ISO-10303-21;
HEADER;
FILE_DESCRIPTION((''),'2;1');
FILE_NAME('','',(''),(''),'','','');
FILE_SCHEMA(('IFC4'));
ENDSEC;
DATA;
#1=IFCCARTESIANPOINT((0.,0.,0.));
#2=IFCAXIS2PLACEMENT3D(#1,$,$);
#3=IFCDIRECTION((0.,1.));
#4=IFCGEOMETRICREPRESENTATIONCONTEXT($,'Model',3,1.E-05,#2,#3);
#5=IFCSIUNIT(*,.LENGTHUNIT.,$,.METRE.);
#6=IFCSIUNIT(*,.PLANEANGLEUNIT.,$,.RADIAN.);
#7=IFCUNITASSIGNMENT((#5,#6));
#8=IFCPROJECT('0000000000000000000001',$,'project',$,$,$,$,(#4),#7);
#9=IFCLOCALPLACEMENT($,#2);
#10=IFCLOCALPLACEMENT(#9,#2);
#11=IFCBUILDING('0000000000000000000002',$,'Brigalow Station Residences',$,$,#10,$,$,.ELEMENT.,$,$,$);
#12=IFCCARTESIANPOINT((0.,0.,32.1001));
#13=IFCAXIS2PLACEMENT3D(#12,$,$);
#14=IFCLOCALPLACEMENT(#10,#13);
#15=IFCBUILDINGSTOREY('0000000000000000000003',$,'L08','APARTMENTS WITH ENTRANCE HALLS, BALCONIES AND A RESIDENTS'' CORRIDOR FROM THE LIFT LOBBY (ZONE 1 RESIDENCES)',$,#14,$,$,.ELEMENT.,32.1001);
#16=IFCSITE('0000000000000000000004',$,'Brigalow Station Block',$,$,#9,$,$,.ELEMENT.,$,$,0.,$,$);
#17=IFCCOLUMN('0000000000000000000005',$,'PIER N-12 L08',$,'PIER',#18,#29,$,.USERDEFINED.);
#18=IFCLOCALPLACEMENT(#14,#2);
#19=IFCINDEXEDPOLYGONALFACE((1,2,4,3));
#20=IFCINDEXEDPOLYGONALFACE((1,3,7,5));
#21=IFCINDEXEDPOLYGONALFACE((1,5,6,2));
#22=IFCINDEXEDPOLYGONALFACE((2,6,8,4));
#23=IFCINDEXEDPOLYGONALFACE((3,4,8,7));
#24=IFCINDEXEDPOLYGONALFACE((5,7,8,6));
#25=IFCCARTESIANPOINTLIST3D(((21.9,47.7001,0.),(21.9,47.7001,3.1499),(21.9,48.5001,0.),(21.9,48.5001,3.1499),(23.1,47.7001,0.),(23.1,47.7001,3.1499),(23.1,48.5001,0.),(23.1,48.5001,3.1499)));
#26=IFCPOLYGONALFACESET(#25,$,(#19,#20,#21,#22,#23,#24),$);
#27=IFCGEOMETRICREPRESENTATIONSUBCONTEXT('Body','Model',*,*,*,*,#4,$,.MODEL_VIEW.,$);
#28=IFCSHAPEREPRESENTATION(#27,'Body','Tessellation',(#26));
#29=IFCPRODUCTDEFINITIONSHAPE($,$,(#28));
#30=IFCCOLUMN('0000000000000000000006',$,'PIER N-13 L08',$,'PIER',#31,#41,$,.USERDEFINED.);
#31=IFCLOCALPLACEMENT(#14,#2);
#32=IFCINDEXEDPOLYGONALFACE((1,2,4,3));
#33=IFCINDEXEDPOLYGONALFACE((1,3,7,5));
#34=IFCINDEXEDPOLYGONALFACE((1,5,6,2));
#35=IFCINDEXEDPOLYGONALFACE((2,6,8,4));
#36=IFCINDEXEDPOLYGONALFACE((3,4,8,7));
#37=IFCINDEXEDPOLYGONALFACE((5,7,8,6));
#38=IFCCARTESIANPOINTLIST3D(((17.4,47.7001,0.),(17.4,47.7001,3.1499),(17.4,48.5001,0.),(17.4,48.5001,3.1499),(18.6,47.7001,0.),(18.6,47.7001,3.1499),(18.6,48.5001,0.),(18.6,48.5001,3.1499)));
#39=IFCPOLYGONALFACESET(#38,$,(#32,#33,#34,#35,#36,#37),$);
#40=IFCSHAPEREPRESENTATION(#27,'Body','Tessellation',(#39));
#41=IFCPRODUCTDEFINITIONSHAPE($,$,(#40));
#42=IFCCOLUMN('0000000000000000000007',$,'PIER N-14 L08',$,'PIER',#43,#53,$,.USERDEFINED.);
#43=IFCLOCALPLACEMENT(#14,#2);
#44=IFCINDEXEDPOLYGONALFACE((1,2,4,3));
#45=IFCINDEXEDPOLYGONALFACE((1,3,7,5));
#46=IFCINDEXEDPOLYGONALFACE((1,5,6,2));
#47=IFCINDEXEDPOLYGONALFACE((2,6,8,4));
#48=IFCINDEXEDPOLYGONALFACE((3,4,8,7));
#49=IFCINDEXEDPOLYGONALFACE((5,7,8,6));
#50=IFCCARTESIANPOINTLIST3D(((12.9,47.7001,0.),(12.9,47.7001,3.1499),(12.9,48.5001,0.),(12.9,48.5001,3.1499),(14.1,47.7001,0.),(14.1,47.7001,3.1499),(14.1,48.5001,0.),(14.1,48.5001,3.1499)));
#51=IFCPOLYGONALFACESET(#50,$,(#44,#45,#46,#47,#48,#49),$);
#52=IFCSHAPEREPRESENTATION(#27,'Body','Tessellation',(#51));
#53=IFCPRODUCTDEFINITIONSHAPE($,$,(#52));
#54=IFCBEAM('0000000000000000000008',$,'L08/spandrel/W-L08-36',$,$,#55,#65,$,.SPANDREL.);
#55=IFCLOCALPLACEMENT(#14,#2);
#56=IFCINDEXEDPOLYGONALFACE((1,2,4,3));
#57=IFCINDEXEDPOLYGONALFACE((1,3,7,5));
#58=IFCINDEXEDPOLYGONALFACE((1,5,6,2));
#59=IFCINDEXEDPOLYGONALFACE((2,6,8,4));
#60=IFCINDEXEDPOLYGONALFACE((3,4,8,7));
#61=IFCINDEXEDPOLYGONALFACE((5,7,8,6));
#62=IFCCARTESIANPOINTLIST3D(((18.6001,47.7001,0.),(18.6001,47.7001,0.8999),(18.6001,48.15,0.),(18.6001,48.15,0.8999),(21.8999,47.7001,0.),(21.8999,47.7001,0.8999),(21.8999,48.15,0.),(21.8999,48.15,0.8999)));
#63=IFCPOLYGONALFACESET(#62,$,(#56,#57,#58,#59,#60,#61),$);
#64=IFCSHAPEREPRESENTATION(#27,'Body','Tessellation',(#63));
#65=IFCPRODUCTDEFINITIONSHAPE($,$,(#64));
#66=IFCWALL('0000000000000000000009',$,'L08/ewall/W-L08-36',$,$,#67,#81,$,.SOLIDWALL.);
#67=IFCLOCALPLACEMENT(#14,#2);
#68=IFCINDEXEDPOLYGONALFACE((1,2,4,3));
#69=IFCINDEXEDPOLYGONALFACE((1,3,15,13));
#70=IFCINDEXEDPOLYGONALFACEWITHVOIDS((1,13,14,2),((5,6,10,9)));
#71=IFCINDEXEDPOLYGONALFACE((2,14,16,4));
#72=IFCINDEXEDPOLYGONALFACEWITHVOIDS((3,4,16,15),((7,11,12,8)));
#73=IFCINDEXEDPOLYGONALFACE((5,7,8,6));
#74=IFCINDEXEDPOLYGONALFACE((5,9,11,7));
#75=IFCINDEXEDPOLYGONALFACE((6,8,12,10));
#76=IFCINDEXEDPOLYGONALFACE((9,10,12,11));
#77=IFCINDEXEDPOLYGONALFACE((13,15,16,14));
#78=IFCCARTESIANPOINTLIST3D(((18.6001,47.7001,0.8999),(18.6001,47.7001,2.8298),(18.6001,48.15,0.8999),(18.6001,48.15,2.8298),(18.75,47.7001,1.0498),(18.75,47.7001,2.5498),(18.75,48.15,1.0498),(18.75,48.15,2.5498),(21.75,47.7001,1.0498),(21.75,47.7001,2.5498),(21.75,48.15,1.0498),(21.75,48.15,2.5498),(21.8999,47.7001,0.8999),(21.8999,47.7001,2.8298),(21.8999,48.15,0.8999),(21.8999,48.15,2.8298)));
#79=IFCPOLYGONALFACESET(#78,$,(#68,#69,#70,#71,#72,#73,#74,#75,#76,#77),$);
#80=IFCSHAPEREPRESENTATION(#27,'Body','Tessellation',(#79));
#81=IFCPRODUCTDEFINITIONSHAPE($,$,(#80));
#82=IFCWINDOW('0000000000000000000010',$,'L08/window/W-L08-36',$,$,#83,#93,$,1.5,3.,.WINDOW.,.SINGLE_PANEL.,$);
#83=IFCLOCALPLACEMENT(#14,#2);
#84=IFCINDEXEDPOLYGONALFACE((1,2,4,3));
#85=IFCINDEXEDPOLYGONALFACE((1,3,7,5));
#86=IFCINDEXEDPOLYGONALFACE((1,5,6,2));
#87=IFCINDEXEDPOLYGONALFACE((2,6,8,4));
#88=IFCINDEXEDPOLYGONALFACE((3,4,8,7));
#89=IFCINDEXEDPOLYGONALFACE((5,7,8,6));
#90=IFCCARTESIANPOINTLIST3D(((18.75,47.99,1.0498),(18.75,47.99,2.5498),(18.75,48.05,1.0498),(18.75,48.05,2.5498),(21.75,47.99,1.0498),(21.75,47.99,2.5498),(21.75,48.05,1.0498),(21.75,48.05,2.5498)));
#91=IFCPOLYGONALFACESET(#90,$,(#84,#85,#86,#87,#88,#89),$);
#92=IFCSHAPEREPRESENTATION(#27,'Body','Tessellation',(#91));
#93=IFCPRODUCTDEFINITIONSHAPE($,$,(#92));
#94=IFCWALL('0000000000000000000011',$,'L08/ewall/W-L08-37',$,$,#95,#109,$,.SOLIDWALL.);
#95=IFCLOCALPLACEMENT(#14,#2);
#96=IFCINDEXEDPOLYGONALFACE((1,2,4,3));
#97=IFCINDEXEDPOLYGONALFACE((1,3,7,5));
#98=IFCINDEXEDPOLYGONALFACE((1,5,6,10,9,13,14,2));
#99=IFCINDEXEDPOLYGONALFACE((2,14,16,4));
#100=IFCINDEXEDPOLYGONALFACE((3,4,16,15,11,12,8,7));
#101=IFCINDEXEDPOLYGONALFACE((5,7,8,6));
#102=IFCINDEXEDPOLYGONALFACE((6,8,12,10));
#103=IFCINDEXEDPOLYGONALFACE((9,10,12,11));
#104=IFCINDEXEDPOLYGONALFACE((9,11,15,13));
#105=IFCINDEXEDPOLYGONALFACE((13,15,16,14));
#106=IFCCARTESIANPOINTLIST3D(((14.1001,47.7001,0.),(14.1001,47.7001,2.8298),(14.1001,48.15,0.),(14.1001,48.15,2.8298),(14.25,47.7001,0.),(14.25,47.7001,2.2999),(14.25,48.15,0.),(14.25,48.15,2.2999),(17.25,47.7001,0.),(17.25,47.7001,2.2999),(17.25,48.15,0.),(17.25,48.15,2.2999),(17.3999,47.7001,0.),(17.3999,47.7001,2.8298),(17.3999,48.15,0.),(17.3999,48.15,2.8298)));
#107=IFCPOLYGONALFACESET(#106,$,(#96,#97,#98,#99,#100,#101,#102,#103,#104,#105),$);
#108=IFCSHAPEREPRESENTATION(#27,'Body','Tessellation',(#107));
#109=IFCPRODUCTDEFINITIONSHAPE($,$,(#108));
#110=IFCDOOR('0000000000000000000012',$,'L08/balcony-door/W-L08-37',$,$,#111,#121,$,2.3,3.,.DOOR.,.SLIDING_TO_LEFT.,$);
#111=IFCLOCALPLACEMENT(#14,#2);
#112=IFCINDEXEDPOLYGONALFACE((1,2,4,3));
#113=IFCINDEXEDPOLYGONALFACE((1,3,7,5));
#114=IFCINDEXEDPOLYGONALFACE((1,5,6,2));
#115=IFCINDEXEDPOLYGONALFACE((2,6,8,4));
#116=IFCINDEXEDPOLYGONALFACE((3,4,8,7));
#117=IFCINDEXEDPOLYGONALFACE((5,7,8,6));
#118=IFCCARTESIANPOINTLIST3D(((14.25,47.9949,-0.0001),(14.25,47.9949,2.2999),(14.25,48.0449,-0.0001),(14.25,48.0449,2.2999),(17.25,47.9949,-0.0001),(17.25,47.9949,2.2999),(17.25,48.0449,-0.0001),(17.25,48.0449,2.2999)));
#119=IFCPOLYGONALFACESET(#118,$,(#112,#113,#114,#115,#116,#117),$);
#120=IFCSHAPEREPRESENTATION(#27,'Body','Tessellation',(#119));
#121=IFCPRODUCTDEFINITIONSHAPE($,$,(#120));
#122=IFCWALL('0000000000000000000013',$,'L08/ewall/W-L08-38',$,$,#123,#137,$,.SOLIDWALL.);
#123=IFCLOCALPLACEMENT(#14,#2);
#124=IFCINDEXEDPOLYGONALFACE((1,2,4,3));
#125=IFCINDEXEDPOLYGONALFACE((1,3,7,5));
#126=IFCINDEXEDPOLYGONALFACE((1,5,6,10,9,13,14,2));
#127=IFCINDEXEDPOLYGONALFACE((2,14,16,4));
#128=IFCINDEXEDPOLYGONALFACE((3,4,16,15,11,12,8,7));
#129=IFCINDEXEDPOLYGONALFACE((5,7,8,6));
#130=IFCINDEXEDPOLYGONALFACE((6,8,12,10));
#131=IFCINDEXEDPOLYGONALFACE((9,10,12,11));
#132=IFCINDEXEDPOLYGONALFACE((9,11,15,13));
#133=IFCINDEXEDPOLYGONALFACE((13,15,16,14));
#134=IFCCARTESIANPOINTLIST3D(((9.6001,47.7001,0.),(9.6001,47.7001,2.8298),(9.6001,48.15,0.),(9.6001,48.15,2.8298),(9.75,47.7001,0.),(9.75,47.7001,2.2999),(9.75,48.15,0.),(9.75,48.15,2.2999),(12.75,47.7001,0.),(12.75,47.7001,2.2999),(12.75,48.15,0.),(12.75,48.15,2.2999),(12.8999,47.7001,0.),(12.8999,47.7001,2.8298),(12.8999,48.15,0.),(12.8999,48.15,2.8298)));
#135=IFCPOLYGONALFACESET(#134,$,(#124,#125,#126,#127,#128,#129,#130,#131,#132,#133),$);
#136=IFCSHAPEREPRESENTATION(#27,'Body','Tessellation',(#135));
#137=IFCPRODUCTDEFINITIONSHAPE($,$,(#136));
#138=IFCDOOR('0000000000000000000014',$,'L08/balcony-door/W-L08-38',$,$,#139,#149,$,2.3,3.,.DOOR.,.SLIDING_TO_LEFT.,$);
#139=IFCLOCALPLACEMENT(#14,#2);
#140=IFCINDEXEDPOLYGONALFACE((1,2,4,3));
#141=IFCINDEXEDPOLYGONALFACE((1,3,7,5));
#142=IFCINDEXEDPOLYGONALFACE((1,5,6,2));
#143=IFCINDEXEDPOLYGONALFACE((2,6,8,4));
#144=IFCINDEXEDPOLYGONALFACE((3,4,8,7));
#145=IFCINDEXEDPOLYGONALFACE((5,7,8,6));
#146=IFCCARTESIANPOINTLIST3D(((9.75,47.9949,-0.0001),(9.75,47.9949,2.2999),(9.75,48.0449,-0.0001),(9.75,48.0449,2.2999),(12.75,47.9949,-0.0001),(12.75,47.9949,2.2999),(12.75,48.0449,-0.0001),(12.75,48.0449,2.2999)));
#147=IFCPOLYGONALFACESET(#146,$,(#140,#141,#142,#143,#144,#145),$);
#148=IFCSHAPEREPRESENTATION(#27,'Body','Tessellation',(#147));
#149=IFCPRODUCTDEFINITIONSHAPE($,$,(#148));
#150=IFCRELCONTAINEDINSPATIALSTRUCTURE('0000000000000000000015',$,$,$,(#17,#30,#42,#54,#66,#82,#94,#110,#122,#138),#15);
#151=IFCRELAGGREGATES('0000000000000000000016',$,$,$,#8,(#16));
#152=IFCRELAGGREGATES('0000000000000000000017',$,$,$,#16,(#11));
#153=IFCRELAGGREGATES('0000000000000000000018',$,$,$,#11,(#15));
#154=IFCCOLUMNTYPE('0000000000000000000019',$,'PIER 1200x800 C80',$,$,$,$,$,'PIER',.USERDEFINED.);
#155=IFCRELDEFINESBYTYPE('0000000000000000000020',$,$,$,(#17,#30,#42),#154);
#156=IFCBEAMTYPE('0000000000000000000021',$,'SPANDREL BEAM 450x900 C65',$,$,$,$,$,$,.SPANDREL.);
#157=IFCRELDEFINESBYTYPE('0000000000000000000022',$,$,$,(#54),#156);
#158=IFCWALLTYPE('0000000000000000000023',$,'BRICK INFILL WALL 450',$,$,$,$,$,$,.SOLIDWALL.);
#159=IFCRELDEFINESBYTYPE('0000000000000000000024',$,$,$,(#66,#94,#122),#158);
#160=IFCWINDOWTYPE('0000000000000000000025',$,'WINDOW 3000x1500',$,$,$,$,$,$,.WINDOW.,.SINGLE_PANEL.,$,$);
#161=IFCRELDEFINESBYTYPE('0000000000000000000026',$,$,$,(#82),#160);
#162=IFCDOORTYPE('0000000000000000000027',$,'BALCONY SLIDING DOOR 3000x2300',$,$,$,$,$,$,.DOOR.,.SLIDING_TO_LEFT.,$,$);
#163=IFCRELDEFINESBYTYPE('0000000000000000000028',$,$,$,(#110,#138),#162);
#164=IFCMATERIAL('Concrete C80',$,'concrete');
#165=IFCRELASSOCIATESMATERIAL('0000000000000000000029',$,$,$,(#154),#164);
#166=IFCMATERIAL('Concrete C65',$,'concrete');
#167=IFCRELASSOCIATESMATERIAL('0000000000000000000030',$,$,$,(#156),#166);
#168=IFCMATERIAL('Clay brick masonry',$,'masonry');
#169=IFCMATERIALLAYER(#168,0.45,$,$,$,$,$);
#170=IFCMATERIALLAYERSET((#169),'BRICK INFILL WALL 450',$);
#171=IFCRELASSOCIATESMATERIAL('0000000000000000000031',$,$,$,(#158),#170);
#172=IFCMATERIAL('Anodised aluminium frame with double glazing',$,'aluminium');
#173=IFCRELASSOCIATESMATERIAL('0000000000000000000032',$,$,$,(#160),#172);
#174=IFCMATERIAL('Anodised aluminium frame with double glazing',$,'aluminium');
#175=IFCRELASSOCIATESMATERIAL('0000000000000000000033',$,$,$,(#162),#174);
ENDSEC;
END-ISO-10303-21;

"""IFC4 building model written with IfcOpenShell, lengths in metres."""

from ifc_helpers import new_model, si_unit, direction, frame, frame_2d, origin, origin_2d, place, context, subcontext, project, spatial, rectangle, extrude, material, layer, layer_set, material_profile, profile_set, type_object, element, fill, save


model = new_model("IFC4")

# Units and contexts
model_context = context("Model", 3, precision=1e-05, world=origin(), true_north=direction((0.0, 1.0)))
body_context = subcontext(model_context, "Body", "Model", "MODEL_VIEW")
ifc_project = project(units=[si_unit("LENGTHUNIT", "METRE"), si_unit("PLANEANGLEUNIT", "RADIAN")], contexts=[model_context])

# Site, building, storey
site_placement = place(None, origin())
site = spatial("IfcSite", under=ifc_project, at=site_placement, Name="Brigalow Station Block", CompositionType="ELEMENT", RefElevation=0.0)
building_placement = place(site_placement, origin())
building = spatial("IfcBuilding", under=site, at=building_placement, Name="Brigalow Station Residences", CompositionType="ELEMENT")
storey_placement = place(building_placement, frame((0.0, 0.0, 32.1001)))
storey = spatial("IfcBuildingStorey", under=building, at=storey_placement, Name="L08", Description="APARTMENTS WITH ENTRANCE HALLS, BALCONIES AND A RESIDENTS' CORRIDOR FROM THE LIFT LOBBY (ZONE 1 RESIDENCES)", CompositionType="ELEMENT", Elevation=32.1001)

# Columns
ifc_material_1 = material(Name="Concrete C80", Category="concrete")
ifc_material_profile_1 = material_profile(ifc_material_1, rectangle(XDim=1.2, YDim=0.8, at=origin_2d()), Name="RC1200x800")
ifc_profile_set_1 = profile_set([ifc_material_profile_1], Name="Concrete C80")
column_type = type_object("IfcColumnType", Name="PIER 1200x800 C80", ElementType="PIER", PredefinedType="USERDEFINED", material=ifc_profile_set_1)
for number, where, z_axis, x_axis, name in (
    (1, (22.5, 48.1001, 0.0), (0.0, 0.0, 1.0), (-1.0, 0.0, 0.0), "PIER N-12 L08"),
    (2, (18.0, 48.1001, 0.0), (0.0, 0.0, 1.0), (-1.0, 0.0, 0.0), "PIER N-13 L08"),
    (3, (13.5, 48.1001, 0.0), (0.0, 0.0, 1.0), (-1.0, 0.0, 0.0), "PIER N-14 L08"),
):
    element("IfcColumn", number, at=place(storey_placement, frame(where, z_axis=z_axis, x_axis=x_axis)), inside=storey, type_object=column_type, Name=name, ObjectType="PIER", PredefinedType="USERDEFINED", context=body_context, shape_type="SweptSolid", body=[
        extrude(rectangle(XDim=1.2, YDim=0.8, at=origin_2d()), origin(), (0.0, 0.0, 1.0), 3.1499),
    ])

# Beam
ifc_material_2 = material(Name="Concrete C65", Category="concrete")
ifc_material_profile_2 = material_profile(ifc_material_2, rectangle(XDim=0.45, YDim=0.8999, at=origin_2d()), Name="RC450x900")
ifc_profile_set_2 = profile_set([ifc_material_profile_2], Name="Concrete C65")
beam_type = type_object("IfcBeamType", Name="SPANDREL BEAM 450x900 C65", PredefinedType="SPANDREL", material=ifc_profile_set_2)
beam_placement = place(storey_placement, frame((21.8999, 47.925, 0.45), z_axis=(-1.0, 0.0, 0.0), x_axis=(0.0, -1.0, 0.0)))
element("IfcBeam", 4, at=beam_placement, inside=storey, type_object=beam_type, Name="L08/spandrel/W-L08-36", PredefinedType="SPANDREL", context=body_context, shape_type="SweptSolid", body=[
    extrude(rectangle(XDim=0.45, YDim=0.8999, at=origin_2d()), origin(), (0.0, 0.0, 1.0), 3.2998),
])

# Wall, opening, window
ifc_material_3 = material(Name="Clay brick masonry", Category="masonry")
ifc_layer_1 = layer(ifc_material_3, 0.45)
ifc_layer_set_1 = layer_set([ifc_layer_1], Name="BRICK INFILL WALL 450")
wall_type_1 = type_object("IfcWallType", Name="BRICK INFILL WALL 450", PredefinedType="SOLIDWALL", material=ifc_layer_set_1)
wall_1_placement = place(storey_placement, frame((21.8999, 47.925, 0.8999), z_axis=(0.0, 0.0, 1.0), x_axis=(-1.0, 0.0, 0.0)))
wall_1 = element("IfcWall", 5, at=wall_1_placement, inside=storey, type_object=wall_type_1, Name="L08/ewall/W-L08-36", PredefinedType="SOLIDWALL", context=body_context, shape_type="SweptSolid", body=[
    extrude(rectangle(XDim=3.2998, YDim=0.45, at=frame_2d((1.6499, 0.0))), origin(), (0.0, 0.0, 1.0), 1.9299),
])
opening_1_placement = place(wall_1_placement, frame((0.1499, 0.0, 0.1499)))
opening_1 = element("IfcOpeningElement", 6, at=opening_1_placement, cuts=wall_1, PredefinedType="OPENING", context=body_context, shape_type="SweptSolid", body=[
    extrude(rectangle(XDim=3.0, YDim=1.5, at=frame_2d((1.5, 0.75))), frame((0.0, 0.2349, 0.0), z_axis=(0.0, -1.0, 0.0), x_axis=(1.0, 0.0, 0.0)), (0.0, 0.0, 1.0), 0.47),
])
ifc_material_4 = material(Name="Anodised aluminium frame with double glazing", Category="aluminium")
window_type = type_object("IfcWindowType", Name="WINDOW 3000x1500", PartitioningType="SINGLE_PANEL", PredefinedType="WINDOW", material=ifc_material_4)
window_placement = place(opening_1_placement, origin())
window = element("IfcWindow", 7, at=window_placement, inside=storey, type_object=window_type, Name="L08/window/W-L08-36", OverallHeight=1.5, OverallWidth=3.0, PartitioningType="SINGLE_PANEL", PredefinedType="WINDOW", context=body_context, shape_type="SweptSolid", body=[
    extrude(rectangle(XDim=3.0, YDim=1.5, at=frame_2d((1.5, 0.75))), frame((0.0, -0.0649, 0.0), z_axis=(0.0, -1.0, 0.0), x_axis=(1.0, 0.0, 0.0)), (0.0, 0.0, 1.0), 0.0601),
])
fill(opening_1, window)

# Walls, openings, doors
wall_2_placement = place(storey_placement, frame((17.3999, 47.925, 0.0), z_axis=(0.0, 0.0, 1.0), x_axis=(-1.0, 0.0, 0.0)))
wall_2 = element("IfcWall", 8, at=wall_2_placement, inside=storey, type_object=wall_type_1, Name="L08/ewall/W-L08-37", PredefinedType="SOLIDWALL", context=body_context, shape_type="SweptSolid", body=[
    extrude(rectangle(XDim=3.2998, YDim=0.45, at=frame_2d((1.6499, 0.0))), origin(), (0.0, 0.0, 1.0), 2.8298),
])
opening_2_placement = place(wall_2_placement, frame((0.1499, 0.0, 0.0)))
opening_2 = element("IfcOpeningElement", 9, at=opening_2_placement, cuts=wall_2, PredefinedType="OPENING", context=body_context, shape_type="SweptSolid", body=[
    extrude(rectangle(XDim=3.0, YDim=2.3, at=frame_2d((1.5, 1.1499))), frame((0.0, 0.2349, 0.0), z_axis=(0.0, -1.0, 0.0), x_axis=(1.0, 0.0, 0.0)), (0.0, 0.0, 1.0), 0.47),
])
ifc_material_5 = material(Name="Anodised aluminium frame with double glazing", Category="aluminium")
door_type_1 = type_object("IfcDoorType", Name="BALCONY SLIDING DOOR 3000x2300", OperationType="SLIDING_TO_LEFT", PredefinedType="DOOR", material=ifc_material_5)
door_1_placement = place(opening_2_placement, origin())
door_1 = element("IfcDoor", 10, at=door_1_placement, inside=storey, type_object=door_type_1, Name="L08/balcony-door/W-L08-37", OperationType="SLIDING_TO_LEFT", OverallHeight=2.3, OverallWidth=3.0, PredefinedType="DOOR", context=body_context, shape_type="SweptSolid", body=[
    extrude(rectangle(XDim=3.0, YDim=2.3, at=frame_2d((1.5, 1.1499))), frame((0.0, -0.0698, 0.0), z_axis=(0.0, -1.0, 0.0), x_axis=(1.0, 0.0, 0.0)), (0.0, 0.0, 1.0), 0.05),
])
fill(opening_2, door_1)
wall_3_placement = place(storey_placement, frame((12.8999, 47.925, 0.0), z_axis=(0.0, 0.0, 1.0), x_axis=(-1.0, 0.0, 0.0)))
wall_3 = element("IfcWall", 11, at=wall_3_placement, inside=storey, type_object=wall_type_1, Name="L08/ewall/W-L08-38", PredefinedType="SOLIDWALL", context=body_context, shape_type="SweptSolid", body=[
    extrude(rectangle(XDim=3.2998, YDim=0.45, at=frame_2d((1.6499, 0.0))), origin(), (0.0, 0.0, 1.0), 2.8298),
])
opening_3_placement = place(wall_3_placement, frame((0.1499, 0.0, 0.0)))
opening_3 = element("IfcOpeningElement", 12, at=opening_3_placement, cuts=wall_3, PredefinedType="OPENING", context=body_context, shape_type="SweptSolid", body=[
    extrude(rectangle(XDim=3.0, YDim=2.3, at=frame_2d((1.5, 1.1499))), frame((0.0, 0.2349, 0.0), z_axis=(0.0, -1.0, 0.0), x_axis=(1.0, 0.0, 0.0)), (0.0, 0.0, 1.0), 0.47),
])
door_2_placement = place(opening_3_placement, origin())
door_2 = element("IfcDoor", 13, at=door_2_placement, inside=storey, type_object=door_type_1, Name="L08/balcony-door/W-L08-38", OperationType="SLIDING_TO_LEFT", OverallHeight=2.3, OverallWidth=3.0, PredefinedType="DOOR", context=body_context, shape_type="SweptSolid", body=[
    extrude(rectangle(XDim=3.0, YDim=2.3, at=frame_2d((1.5, 1.1499))), frame((0.0, -0.0698, 0.0), z_axis=(0.0, -1.0, 0.0), x_axis=(1.0, 0.0, 0.0)), (0.0, 0.0, 1.0), 0.05),
])
fill(opening_3, door_2)

save(model, "model.ifc")
